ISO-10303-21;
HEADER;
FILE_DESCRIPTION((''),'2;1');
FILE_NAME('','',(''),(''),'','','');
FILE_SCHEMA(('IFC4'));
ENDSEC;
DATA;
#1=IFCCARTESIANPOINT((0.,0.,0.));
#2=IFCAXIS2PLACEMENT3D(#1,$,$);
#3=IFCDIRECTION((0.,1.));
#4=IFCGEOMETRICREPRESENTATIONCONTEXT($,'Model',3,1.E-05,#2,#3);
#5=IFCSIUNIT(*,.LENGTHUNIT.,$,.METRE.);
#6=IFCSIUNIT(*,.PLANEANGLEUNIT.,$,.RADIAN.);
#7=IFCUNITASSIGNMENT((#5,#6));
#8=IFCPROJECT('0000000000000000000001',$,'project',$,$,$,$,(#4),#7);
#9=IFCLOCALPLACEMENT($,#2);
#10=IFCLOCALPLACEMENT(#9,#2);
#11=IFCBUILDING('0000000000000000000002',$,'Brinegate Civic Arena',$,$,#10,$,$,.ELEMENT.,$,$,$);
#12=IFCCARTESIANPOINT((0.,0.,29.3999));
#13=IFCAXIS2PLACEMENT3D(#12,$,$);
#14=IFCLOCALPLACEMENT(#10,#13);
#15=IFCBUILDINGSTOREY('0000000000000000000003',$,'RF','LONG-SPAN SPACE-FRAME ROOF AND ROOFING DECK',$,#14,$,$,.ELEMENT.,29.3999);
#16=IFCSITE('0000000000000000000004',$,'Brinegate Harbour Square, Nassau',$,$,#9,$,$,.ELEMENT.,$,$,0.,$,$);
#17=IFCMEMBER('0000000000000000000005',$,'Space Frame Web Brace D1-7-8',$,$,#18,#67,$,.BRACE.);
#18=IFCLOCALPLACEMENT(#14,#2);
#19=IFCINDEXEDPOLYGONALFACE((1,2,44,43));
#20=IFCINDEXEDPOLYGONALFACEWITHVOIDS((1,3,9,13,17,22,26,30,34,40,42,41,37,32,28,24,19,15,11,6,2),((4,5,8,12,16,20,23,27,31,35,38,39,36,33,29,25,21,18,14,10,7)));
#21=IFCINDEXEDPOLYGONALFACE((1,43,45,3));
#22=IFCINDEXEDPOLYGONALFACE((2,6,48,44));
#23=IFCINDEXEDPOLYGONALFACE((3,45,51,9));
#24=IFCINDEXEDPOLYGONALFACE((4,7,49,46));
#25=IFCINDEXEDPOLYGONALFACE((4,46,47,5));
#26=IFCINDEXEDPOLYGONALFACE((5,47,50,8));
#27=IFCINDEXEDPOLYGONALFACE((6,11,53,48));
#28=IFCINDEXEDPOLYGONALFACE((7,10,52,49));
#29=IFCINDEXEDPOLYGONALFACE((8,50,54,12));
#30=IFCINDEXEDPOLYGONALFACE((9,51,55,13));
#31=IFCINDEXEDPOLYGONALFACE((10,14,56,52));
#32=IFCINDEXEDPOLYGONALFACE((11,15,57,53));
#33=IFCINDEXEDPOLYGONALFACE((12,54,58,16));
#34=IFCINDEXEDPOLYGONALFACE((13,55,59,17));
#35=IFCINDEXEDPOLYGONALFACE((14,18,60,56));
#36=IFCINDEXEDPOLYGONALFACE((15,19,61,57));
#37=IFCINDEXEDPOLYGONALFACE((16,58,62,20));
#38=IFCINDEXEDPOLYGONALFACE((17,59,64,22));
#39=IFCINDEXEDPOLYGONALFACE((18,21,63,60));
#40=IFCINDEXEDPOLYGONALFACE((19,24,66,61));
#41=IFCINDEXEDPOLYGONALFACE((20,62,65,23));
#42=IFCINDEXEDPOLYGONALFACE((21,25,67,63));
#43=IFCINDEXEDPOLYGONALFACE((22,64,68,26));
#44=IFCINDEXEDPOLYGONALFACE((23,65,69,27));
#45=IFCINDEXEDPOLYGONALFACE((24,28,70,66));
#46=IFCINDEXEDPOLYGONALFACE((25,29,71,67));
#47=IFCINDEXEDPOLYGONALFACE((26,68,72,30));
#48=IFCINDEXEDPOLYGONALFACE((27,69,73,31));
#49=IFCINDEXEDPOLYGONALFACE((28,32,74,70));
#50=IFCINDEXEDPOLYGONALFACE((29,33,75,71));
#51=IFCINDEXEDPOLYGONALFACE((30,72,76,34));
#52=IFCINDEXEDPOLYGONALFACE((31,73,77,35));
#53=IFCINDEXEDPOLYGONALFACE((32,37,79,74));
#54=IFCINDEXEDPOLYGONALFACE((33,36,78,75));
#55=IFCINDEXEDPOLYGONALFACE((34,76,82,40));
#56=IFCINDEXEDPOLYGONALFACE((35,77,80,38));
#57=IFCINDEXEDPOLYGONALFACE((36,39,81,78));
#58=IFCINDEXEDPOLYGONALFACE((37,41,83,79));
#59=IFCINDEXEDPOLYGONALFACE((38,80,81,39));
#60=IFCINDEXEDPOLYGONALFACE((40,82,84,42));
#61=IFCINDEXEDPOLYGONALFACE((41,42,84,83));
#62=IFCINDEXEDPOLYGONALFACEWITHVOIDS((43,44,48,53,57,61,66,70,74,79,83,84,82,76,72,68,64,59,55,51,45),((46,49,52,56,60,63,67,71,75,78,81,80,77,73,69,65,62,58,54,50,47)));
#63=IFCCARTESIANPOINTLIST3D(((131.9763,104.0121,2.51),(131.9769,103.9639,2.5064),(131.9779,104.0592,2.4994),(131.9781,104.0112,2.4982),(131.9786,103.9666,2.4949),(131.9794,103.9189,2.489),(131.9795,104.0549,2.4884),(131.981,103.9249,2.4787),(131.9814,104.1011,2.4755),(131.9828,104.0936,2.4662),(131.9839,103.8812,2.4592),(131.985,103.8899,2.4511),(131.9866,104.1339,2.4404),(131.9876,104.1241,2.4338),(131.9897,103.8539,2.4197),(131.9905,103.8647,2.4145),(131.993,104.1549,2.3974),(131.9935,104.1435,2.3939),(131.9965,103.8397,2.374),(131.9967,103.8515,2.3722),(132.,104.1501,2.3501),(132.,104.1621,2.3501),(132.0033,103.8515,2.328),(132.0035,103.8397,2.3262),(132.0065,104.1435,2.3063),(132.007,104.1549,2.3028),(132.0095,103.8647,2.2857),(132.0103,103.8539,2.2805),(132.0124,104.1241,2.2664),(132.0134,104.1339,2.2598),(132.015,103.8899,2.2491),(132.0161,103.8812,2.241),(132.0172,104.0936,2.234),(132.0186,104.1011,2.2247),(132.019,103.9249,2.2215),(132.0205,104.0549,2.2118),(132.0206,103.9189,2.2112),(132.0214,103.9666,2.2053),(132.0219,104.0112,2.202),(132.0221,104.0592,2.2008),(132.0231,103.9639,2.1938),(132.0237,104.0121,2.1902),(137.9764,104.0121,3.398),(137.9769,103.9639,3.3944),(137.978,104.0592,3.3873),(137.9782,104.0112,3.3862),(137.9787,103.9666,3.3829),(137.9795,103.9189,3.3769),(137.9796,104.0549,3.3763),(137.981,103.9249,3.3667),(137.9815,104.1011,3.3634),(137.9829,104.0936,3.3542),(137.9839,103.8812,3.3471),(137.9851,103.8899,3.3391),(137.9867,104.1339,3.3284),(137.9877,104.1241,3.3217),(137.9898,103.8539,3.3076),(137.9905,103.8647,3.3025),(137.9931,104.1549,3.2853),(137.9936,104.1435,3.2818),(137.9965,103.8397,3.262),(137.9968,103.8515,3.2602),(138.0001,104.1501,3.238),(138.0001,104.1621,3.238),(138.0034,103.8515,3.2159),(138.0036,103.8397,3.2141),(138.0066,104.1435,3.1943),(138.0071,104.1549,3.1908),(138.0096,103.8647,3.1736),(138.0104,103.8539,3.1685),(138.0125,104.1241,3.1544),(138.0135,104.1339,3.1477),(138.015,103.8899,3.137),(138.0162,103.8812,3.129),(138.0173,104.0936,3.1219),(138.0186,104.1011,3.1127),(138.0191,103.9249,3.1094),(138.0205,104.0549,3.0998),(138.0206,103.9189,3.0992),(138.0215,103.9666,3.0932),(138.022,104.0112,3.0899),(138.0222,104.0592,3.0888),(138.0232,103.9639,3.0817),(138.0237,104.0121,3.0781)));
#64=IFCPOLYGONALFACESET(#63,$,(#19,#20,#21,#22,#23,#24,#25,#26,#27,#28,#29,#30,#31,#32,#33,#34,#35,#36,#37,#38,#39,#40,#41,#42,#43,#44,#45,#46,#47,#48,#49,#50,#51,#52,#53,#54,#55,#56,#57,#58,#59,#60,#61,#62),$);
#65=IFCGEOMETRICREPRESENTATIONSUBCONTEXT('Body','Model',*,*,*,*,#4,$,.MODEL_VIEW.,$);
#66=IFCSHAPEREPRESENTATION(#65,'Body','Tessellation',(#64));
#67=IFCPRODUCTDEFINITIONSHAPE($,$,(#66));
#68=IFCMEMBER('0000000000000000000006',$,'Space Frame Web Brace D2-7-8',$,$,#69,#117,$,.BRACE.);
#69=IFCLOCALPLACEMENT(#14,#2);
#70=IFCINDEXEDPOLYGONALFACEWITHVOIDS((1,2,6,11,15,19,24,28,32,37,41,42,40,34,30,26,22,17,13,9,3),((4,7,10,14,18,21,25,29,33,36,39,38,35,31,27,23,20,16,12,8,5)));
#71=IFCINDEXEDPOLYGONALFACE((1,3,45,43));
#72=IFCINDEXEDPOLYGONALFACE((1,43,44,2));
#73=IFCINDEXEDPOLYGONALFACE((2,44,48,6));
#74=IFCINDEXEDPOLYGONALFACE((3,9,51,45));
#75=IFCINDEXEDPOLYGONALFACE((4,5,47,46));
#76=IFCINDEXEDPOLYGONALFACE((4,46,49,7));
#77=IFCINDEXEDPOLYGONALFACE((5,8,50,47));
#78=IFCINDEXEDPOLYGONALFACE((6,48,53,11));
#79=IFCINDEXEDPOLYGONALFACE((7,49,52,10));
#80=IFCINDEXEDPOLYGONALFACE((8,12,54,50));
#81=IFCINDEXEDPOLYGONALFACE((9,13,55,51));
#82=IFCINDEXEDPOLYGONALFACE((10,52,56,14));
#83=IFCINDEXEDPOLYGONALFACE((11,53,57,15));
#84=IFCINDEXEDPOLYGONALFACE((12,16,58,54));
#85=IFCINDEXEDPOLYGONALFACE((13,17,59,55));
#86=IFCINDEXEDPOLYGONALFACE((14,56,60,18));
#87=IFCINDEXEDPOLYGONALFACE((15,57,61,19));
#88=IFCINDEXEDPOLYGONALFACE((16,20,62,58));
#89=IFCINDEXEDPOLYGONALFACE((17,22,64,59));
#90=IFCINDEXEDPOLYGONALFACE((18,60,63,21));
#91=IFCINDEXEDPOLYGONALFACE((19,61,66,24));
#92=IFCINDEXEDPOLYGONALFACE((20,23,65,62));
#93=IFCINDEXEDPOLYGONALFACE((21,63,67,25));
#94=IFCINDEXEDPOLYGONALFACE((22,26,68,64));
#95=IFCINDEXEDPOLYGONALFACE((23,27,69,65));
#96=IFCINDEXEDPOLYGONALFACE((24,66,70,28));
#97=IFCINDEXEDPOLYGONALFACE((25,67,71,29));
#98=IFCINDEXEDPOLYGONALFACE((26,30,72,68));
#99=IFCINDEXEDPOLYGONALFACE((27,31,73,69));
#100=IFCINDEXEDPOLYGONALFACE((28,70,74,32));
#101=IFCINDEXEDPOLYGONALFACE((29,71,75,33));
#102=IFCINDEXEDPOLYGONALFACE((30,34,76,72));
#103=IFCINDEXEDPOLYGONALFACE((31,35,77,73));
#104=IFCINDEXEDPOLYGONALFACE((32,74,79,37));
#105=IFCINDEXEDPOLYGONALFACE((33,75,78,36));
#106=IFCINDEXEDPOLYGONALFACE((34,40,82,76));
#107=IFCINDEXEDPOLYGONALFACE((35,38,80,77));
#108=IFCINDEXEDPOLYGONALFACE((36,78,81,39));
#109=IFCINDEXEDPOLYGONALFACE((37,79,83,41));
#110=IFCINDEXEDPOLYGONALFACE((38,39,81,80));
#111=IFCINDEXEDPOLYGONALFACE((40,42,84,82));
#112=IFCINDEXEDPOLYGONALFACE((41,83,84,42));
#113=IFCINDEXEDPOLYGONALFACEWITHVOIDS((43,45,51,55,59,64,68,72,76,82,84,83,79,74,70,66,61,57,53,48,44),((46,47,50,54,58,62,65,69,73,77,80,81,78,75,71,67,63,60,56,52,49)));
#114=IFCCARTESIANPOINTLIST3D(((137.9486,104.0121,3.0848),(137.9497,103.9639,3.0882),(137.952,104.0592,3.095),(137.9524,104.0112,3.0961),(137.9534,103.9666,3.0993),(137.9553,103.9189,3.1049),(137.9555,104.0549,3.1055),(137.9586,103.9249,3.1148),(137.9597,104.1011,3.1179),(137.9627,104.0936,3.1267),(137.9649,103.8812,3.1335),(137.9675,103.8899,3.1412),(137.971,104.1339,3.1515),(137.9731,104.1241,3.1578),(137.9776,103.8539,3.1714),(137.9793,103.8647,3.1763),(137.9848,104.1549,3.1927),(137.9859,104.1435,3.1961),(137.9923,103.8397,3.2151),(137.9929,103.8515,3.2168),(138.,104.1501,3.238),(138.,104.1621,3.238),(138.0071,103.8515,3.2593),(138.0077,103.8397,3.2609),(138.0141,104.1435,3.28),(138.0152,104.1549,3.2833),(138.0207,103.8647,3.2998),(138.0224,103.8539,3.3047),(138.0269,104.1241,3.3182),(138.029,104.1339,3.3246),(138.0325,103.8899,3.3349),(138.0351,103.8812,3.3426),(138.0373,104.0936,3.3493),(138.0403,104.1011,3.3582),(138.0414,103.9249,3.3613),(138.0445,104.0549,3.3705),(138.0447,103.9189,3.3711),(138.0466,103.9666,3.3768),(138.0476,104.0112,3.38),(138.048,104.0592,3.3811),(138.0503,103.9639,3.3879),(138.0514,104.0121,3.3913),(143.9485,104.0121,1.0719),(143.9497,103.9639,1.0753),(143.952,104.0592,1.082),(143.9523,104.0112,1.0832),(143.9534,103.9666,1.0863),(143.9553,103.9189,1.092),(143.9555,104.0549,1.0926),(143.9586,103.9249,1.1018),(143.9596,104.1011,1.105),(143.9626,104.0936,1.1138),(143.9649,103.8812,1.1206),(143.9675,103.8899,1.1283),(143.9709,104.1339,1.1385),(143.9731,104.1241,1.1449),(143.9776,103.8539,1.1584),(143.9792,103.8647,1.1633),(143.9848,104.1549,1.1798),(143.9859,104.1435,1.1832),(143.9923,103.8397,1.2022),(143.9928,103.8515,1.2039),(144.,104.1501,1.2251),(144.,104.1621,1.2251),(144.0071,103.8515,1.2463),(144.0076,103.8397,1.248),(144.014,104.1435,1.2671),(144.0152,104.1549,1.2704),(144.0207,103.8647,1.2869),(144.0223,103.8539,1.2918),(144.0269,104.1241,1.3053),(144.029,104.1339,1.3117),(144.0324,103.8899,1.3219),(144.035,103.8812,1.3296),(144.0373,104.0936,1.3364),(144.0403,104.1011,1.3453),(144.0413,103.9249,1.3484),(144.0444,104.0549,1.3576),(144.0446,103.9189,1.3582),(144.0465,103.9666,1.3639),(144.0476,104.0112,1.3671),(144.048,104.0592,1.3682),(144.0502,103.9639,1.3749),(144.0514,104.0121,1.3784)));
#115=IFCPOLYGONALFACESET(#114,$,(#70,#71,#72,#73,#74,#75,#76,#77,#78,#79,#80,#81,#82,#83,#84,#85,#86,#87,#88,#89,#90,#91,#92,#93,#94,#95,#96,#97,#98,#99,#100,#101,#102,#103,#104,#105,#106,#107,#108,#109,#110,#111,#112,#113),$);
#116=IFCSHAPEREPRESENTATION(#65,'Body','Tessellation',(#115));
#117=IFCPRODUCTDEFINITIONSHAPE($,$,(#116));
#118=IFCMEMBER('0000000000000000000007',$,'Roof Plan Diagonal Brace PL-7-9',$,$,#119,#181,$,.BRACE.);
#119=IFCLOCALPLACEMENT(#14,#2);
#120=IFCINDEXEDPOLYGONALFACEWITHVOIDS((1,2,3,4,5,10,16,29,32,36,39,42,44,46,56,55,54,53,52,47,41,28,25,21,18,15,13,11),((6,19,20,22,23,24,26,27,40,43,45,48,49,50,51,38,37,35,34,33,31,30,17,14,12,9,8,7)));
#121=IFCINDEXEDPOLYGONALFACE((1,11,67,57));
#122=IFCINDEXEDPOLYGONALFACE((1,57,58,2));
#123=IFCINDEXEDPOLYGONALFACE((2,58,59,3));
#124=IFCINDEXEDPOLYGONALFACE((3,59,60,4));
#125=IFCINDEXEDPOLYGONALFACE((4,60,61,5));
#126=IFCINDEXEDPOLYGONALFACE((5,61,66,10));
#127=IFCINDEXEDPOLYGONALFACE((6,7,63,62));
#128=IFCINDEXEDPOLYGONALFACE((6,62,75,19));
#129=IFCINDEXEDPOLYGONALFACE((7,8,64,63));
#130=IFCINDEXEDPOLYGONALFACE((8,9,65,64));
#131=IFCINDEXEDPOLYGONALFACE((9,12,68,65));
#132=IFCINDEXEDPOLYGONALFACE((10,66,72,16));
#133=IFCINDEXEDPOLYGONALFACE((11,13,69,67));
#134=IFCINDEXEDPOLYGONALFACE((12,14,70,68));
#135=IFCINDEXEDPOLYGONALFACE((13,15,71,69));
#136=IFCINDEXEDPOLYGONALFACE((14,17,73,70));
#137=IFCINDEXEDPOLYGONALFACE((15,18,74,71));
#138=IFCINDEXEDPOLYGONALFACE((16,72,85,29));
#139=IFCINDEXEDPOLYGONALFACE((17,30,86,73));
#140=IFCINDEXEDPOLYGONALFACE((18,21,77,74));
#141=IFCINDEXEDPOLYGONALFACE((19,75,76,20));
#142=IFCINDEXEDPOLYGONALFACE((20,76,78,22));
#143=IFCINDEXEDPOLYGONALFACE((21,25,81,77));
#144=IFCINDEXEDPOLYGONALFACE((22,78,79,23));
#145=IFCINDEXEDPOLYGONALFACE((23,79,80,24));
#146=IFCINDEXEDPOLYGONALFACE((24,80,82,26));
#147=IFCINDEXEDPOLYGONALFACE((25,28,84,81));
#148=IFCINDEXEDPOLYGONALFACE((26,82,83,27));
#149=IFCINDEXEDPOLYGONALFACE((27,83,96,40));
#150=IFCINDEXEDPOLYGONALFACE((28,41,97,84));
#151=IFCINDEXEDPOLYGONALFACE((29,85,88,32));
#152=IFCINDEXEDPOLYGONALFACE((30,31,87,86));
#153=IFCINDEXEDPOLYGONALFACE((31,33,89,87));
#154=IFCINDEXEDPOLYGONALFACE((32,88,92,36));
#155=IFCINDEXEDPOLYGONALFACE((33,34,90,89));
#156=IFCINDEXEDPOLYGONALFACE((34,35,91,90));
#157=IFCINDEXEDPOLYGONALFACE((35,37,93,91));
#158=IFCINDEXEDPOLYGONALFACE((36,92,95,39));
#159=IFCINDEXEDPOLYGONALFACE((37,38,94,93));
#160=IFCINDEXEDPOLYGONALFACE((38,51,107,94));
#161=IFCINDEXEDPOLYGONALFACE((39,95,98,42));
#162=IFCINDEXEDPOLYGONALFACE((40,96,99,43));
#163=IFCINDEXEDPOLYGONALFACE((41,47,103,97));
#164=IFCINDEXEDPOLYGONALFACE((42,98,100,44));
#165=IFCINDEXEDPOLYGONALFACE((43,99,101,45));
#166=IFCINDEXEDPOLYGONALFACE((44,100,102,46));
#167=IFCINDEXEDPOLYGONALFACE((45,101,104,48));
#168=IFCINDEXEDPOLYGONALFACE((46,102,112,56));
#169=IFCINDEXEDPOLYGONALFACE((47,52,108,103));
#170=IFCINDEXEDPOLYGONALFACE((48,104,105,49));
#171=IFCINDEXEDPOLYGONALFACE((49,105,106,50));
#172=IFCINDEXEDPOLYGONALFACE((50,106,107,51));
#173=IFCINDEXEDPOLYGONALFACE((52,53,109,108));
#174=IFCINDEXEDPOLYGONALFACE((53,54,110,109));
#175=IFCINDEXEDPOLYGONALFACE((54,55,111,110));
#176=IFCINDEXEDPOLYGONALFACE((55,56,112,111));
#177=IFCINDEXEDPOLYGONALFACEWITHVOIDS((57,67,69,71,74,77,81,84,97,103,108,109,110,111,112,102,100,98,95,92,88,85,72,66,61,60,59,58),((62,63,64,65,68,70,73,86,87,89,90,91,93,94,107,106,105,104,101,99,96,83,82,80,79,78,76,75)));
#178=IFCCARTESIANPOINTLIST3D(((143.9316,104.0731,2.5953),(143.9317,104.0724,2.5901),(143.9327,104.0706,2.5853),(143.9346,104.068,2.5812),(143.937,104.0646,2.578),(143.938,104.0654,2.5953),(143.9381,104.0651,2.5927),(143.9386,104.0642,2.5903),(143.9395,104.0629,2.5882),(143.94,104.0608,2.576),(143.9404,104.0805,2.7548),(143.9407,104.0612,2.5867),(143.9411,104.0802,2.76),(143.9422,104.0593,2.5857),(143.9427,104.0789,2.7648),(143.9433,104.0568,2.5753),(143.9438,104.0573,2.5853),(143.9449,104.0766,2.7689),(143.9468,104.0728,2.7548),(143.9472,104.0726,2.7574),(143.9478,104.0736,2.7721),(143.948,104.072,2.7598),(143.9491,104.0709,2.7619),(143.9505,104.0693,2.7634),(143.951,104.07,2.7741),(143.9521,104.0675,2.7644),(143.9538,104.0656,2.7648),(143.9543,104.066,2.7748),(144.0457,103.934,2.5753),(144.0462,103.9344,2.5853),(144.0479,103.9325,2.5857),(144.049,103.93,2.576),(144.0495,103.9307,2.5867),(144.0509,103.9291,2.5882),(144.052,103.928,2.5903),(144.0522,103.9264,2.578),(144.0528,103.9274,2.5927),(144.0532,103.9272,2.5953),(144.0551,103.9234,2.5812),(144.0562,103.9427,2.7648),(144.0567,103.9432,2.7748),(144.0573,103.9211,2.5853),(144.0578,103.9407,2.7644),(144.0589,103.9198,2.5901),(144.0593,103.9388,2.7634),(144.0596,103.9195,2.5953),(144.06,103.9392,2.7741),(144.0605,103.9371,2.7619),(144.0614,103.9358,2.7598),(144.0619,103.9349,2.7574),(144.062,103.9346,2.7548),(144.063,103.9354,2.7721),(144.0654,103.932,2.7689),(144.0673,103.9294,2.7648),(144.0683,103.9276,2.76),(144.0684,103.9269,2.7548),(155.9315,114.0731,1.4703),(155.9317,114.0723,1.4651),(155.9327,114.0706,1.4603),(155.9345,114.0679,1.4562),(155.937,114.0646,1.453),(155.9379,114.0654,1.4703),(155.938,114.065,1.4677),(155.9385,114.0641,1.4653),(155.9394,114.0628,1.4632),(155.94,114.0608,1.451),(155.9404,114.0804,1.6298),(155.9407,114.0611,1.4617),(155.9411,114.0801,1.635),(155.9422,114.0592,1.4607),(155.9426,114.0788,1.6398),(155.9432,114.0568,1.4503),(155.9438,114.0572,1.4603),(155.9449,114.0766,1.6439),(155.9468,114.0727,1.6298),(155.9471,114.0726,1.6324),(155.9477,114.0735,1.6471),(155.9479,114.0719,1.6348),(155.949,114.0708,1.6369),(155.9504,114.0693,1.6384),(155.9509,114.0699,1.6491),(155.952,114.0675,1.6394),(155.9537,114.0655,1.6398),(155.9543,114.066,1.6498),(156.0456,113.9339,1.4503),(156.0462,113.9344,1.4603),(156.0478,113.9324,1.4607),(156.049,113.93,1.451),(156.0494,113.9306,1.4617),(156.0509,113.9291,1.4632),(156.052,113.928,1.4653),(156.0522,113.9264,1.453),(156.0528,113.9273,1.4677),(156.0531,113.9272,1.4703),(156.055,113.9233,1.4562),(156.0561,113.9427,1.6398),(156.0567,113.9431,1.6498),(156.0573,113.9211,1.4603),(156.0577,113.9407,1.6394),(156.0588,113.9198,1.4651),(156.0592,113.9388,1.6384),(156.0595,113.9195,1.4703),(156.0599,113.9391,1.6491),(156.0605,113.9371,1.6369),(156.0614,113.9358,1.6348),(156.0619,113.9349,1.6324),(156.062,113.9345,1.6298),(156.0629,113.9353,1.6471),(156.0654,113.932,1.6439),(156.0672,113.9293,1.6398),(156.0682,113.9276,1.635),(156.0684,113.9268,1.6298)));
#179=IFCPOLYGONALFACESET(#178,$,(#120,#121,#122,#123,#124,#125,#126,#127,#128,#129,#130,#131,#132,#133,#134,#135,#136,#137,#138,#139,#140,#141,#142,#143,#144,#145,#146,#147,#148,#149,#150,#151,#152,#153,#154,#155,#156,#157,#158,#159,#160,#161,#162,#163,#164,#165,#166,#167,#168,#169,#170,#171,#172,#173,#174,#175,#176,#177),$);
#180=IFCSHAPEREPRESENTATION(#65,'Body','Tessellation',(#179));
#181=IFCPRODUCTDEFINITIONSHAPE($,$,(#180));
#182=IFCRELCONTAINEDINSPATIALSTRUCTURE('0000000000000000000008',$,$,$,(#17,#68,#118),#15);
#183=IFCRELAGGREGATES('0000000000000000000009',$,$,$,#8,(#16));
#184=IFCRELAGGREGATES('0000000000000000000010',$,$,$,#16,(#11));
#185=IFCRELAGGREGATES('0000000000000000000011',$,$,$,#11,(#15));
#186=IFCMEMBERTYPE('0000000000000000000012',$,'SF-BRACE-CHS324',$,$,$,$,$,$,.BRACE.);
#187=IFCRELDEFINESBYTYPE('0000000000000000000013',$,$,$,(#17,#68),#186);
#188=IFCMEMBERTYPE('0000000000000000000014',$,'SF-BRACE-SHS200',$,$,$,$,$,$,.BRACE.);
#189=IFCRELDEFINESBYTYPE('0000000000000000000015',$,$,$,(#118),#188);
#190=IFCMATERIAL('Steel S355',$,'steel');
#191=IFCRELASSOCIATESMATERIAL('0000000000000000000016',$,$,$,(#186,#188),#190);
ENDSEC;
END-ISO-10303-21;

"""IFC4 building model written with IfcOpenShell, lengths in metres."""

from ifc_helpers import new_model, si_unit, direction, frame, origin, origin_2d, place, context, subcontext, project, spatial, hollow_rectangle, hollow_circle, extrude, material, material_profile, profile_set, type_object, element, save


model = new_model("IFC4")

# Units and contexts
model_context = context("Model", 3, precision=1e-05, world=origin(), true_north=direction((0.0, 1.0)))
body_context = subcontext(model_context, "Body", "Model", "MODEL_VIEW")
ifc_project = project(units=[si_unit("LENGTHUNIT", "METRE"), si_unit("PLANEANGLEUNIT", "RADIAN")], contexts=[model_context])

# Site, building, storey
site_placement = place(None, origin())
site = spatial("IfcSite", under=ifc_project, at=site_placement, Name="Brinegate Harbour Square, Nassau", CompositionType="ELEMENT", RefElevation=0.0)
building_placement = place(site_placement, origin())
building = spatial("IfcBuilding", under=site, at=building_placement, Name="Brinegate Civic Arena", CompositionType="ELEMENT")
storey_placement = place(building_placement, frame((0.0, 0.0, 29.3999)))
storey = spatial("IfcBuildingStorey", under=building, at=storey_placement, Name="RF", Description="LONG-SPAN SPACE-FRAME ROOF AND ROOFING DECK", CompositionType="ELEMENT", Elevation=29.3999)

# Shared definitions
ifc_material_1 = material(Name="Steel S355", Category="steel")

# Members
ifc_material_profile_1 = material_profile(ifc_material_1, hollow_circle(Radius=0.1621, WallThickness=0.012, at=origin_2d()), Name="CHS324X12")
ifc_profile_set_1 = profile_set([ifc_material_profile_1], Name="Steel S355")
member_type_1 = type_object("IfcMemberType", Name="SF-BRACE-CHS324", PredefinedType="BRACE", material=ifc_profile_set_1)
member_1_placement = place(storey_placement, frame((132.0, 104.0, 2.3501), z_axis=(0.989226, 0.0, 0.146395), x_axis=(0.0, 1.0, 0.0)))
element("IfcMember", 1, at=member_1_placement, inside=storey, type_object=member_type_1, Name="Space Frame Web Brace D1-7-8", PredefinedType="BRACE", context=body_context, shape_type="SweptSolid", body=[
    extrude(hollow_circle(Radius=0.1621, WallThickness=0.012, at=origin_2d()), origin(), (0.0, 0.0, 1.0), 6.0654),
])
member_2_placement = place(storey_placement, frame((138.0, 104.0, 3.238), z_axis=(0.948068, 0.0, -0.318067), x_axis=(0.0, 1.0, 0.0)))
element("IfcMember", 2, at=member_2_placement, inside=storey, type_object=member_type_1, Name="Space Frame Web Brace D2-7-8", PredefinedType="BRACE", context=body_context, shape_type="SweptSolid", body=[
    extrude(hollow_circle(Radius=0.1621, WallThickness=0.012, at=origin_2d()), origin(), (0.0, 0.0, 1.0), 6.3286),
])
ifc_material_profile_2 = material_profile(ifc_material_1, hollow_rectangle(XDim=0.2, YDim=0.2, WallThickness=0.01, InnerFilletRadius=0.01, OuterFilletRadius=0.02, at=origin_2d()), Name="SHS200X10")
ifc_profile_set_2 = profile_set([ifc_material_profile_2], Name="Steel S355")
member_type_2 = type_object("IfcMemberType", Name="SF-BRACE-SHS200", PredefinedType="BRACE", material=ifc_profile_set_2)
member_3_placement = place(storey_placement, frame((144.0, 104.0, 2.675), z_axis=(0.766237, 0.638531, -0.071835), x_axis=(-0.640184, 0.768221, 0.0)))
element("IfcMember", 3, at=member_3_placement, inside=storey, type_object=member_type_2, Name="Roof Plan Diagonal Brace PL-7-9", PredefinedType="BRACE", context=body_context, shape_type="SweptSolid", body=[
    extrude(hollow_rectangle(XDim=0.2, YDim=0.2, WallThickness=0.01, InnerFilletRadius=0.01, OuterFilletRadius=0.02, at=origin_2d()), origin(), (0.0, 0.0, 1.0), 15.6609),
])

save(model, "model.ifc")
